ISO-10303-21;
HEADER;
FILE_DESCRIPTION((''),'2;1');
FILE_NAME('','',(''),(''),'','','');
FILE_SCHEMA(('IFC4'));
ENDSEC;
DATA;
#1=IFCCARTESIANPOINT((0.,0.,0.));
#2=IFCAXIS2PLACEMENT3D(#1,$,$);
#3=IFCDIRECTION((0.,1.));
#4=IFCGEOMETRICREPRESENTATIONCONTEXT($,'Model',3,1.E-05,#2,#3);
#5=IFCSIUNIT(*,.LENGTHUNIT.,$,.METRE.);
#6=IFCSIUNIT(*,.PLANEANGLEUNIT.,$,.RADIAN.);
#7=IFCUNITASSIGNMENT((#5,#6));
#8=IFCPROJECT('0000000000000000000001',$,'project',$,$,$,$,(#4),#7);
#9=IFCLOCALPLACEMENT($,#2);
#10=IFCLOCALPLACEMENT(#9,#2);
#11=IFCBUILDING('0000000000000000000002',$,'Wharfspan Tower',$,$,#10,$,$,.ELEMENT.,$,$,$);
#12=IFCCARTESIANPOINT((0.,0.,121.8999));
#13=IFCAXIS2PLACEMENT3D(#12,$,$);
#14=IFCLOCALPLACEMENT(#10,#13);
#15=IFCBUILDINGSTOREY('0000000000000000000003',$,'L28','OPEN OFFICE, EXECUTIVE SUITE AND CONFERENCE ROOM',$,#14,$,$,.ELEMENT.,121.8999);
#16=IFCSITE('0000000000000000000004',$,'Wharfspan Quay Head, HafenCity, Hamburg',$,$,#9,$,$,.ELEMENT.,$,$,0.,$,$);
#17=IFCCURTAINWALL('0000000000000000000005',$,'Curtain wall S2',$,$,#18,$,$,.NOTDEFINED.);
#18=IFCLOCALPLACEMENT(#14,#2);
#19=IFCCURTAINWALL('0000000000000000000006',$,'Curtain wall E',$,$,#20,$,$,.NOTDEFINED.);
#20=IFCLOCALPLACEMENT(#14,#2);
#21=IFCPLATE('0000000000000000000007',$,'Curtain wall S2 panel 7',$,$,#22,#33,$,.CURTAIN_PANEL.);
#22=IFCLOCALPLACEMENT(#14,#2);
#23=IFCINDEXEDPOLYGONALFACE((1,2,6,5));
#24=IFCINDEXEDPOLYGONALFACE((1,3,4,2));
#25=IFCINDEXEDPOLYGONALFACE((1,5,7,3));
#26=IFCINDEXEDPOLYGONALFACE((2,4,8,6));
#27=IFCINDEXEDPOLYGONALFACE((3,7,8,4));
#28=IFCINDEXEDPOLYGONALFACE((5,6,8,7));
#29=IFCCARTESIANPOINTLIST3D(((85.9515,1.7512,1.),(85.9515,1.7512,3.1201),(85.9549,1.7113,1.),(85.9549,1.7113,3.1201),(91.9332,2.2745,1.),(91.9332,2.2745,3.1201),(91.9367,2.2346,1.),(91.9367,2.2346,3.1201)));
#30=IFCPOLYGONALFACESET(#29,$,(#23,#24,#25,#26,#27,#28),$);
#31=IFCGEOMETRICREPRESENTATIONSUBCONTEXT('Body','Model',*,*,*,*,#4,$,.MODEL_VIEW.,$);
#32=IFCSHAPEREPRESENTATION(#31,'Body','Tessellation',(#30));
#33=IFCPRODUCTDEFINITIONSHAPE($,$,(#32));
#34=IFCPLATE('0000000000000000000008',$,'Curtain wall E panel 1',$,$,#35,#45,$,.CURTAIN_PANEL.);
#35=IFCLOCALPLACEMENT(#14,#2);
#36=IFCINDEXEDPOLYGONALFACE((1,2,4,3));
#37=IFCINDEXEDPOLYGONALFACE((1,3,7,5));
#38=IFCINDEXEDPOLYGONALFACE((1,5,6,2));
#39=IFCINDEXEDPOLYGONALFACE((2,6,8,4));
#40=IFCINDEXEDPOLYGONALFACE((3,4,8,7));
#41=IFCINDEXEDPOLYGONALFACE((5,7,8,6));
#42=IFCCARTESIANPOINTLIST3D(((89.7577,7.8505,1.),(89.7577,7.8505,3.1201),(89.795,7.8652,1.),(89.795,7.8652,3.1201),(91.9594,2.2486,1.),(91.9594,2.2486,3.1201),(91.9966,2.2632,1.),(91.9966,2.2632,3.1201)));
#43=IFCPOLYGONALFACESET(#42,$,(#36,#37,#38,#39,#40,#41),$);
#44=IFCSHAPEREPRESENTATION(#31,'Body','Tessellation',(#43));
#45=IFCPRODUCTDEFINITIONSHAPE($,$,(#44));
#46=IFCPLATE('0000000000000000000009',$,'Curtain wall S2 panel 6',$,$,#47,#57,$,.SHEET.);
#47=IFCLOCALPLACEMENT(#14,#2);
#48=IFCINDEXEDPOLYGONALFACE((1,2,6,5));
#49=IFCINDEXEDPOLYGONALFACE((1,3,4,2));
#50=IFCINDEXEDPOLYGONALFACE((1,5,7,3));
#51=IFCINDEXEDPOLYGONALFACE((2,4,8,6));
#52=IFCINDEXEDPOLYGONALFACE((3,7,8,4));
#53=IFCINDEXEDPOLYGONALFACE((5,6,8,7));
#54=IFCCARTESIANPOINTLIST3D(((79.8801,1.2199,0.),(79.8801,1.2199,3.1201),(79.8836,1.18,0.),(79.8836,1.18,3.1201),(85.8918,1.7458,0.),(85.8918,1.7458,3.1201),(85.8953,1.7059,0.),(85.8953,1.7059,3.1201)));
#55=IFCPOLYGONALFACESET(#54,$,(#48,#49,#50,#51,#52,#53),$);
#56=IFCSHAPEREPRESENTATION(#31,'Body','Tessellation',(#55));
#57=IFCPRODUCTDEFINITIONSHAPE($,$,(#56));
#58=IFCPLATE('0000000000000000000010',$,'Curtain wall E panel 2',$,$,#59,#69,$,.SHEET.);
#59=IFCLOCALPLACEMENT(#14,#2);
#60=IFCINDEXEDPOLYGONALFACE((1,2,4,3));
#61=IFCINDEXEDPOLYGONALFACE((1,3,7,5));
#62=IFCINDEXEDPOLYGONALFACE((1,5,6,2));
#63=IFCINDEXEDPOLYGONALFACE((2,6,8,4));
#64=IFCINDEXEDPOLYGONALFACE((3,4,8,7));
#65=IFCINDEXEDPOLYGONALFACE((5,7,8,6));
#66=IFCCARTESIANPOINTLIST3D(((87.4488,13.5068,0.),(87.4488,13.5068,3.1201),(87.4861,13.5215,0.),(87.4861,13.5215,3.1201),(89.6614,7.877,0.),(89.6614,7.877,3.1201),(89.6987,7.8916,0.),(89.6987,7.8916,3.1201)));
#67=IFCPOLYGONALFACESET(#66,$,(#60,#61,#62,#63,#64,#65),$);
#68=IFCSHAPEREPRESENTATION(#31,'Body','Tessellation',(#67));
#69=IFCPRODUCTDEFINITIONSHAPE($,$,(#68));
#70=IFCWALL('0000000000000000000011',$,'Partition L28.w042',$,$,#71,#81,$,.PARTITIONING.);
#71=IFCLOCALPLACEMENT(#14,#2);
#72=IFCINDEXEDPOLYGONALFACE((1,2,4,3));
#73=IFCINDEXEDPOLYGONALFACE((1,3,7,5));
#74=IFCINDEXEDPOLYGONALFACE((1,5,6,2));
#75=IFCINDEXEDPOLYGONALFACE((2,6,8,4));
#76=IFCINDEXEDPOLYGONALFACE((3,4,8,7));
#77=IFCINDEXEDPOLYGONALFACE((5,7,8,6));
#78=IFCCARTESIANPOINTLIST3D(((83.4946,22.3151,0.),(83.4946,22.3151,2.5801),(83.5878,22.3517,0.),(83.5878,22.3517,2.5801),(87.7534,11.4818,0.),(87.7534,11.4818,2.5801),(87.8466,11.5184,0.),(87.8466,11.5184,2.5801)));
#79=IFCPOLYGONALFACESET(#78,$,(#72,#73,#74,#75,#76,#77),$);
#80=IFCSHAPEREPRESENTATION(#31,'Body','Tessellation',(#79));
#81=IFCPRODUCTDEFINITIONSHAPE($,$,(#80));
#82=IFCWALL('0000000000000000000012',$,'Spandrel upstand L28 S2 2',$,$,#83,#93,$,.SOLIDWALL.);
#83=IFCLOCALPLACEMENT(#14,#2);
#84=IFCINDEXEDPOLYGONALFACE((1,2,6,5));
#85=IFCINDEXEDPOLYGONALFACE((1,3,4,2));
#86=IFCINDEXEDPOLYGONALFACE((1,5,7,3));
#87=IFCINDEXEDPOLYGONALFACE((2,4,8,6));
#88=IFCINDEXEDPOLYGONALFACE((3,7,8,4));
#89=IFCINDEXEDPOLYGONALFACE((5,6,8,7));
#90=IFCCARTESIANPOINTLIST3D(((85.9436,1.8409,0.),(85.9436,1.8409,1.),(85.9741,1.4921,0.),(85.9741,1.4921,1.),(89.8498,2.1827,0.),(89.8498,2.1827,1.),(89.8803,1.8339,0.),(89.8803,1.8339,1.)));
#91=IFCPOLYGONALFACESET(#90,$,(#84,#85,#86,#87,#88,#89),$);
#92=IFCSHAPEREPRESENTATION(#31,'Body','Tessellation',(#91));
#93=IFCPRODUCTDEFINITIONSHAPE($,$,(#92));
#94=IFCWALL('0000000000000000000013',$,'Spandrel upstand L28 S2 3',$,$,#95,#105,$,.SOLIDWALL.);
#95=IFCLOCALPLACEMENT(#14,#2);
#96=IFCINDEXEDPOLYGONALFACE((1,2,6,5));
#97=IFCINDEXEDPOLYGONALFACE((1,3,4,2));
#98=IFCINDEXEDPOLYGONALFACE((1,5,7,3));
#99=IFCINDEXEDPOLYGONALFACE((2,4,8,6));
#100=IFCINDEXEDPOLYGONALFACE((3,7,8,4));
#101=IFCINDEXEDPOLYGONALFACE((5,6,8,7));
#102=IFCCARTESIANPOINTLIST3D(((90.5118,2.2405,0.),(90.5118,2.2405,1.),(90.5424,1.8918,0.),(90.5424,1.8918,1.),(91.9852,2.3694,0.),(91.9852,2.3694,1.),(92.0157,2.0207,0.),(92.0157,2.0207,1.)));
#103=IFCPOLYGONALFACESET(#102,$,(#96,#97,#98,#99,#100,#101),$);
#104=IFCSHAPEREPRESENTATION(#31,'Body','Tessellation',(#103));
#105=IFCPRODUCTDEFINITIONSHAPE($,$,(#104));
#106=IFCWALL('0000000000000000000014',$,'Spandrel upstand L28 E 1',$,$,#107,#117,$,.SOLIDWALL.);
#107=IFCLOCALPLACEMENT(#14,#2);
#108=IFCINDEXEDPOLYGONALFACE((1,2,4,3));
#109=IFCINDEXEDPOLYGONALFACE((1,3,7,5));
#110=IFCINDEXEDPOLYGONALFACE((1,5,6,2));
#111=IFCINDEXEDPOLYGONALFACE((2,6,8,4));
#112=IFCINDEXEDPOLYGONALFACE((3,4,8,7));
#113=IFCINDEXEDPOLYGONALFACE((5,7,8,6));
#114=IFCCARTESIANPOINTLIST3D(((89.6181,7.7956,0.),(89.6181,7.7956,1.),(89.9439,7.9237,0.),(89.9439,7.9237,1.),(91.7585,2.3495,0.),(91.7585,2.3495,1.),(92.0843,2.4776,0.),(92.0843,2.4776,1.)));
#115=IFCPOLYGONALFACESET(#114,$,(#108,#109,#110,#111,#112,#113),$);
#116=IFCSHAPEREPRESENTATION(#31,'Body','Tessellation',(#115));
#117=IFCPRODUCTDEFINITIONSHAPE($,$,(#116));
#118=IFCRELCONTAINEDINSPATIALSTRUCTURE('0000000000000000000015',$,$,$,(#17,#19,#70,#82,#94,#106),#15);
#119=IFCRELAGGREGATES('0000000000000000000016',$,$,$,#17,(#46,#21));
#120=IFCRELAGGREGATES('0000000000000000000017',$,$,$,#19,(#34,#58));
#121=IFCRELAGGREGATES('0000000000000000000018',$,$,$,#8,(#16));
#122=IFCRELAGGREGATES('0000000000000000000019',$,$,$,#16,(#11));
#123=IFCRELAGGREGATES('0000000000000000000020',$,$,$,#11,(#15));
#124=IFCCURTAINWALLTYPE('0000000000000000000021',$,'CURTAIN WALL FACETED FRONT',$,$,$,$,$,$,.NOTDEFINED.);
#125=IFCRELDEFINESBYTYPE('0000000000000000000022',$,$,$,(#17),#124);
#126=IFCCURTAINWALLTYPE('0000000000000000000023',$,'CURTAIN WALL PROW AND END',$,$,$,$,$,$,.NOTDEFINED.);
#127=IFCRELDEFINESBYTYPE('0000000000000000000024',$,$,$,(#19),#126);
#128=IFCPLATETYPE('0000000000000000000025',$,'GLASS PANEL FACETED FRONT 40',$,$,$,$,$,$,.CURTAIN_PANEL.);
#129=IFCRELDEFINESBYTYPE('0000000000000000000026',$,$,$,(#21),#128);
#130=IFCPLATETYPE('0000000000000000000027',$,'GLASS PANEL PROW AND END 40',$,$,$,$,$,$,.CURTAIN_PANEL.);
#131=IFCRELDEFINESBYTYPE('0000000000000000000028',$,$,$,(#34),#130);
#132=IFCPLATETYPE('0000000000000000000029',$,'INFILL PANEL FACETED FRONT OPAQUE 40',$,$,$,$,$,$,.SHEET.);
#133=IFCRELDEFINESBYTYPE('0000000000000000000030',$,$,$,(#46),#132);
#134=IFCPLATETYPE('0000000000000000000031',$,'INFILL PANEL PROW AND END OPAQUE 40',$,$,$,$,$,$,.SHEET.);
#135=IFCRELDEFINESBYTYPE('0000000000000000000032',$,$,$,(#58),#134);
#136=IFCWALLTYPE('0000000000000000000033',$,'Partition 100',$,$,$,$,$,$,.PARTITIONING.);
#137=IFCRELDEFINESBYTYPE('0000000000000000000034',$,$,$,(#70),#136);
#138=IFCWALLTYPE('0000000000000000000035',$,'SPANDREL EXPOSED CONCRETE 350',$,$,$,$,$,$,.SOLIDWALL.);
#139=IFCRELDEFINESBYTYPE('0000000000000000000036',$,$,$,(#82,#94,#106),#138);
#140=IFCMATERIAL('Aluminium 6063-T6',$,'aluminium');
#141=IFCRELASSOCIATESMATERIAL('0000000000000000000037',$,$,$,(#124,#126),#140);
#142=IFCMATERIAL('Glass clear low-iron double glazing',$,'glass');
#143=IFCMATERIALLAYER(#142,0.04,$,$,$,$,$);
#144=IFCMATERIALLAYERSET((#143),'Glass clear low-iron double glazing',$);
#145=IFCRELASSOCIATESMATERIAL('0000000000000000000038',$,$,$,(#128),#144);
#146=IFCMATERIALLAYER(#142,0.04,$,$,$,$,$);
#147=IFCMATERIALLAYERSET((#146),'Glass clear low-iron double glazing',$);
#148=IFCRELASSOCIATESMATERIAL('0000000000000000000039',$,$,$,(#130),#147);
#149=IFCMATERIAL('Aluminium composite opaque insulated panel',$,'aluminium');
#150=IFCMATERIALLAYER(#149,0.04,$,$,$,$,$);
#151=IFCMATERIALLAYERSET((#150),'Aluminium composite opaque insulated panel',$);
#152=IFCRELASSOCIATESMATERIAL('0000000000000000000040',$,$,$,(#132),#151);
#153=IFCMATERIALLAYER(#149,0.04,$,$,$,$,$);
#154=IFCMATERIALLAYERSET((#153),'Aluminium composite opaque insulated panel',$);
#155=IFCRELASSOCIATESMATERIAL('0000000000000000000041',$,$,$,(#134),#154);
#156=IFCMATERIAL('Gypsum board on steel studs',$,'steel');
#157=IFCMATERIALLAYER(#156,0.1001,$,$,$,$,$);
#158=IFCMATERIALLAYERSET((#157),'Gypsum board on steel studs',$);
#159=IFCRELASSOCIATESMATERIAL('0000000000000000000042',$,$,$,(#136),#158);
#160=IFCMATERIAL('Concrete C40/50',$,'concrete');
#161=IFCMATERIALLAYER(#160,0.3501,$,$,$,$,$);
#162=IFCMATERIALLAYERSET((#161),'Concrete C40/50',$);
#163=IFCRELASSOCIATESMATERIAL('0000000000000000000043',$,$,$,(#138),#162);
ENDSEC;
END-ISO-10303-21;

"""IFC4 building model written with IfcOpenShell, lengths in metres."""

from ifc_helpers import new_model, si_unit, direction, frame, frame_2d, origin, origin_2d, place, context, subcontext, project, spatial, rectangle, extrude, material, layer, layer_set, type_object, element, aggregate, save


model = new_model("IFC4")

# Units and contexts
model_context = context("Model", 3, precision=1e-05, world=origin(), true_north=direction((0.0, 1.0)))
body_context = subcontext(model_context, "Body", "Model", "MODEL_VIEW")
ifc_project = project(units=[si_unit("LENGTHUNIT", "METRE"), si_unit("PLANEANGLEUNIT", "RADIAN")], contexts=[model_context])

# Site, building, storey
site_placement = place(None, origin())
site = spatial("IfcSite", under=ifc_project, at=site_placement, Name="Wharfspan Quay Head, HafenCity, Hamburg", CompositionType="ELEMENT", RefElevation=0.0)
building_placement = place(site_placement, origin())
building = spatial("IfcBuilding", under=site, at=building_placement, Name="Wharfspan Tower", CompositionType="ELEMENT")
storey_placement = place(building_placement, frame((0.0, 0.0, 121.8999)))
storey = spatial("IfcBuildingStorey", under=building, at=storey_placement, Name="L28", Description="OPEN OFFICE, EXECUTIVE SUITE AND CONFERENCE ROOM", CompositionType="ELEMENT", Elevation=121.8999)

# Curtain walls
ifc_material_1 = material(Name="Aluminium 6063-T6", Category="aluminium")
curtain_wall_type_1 = type_object("IfcCurtainWallType", Name="CURTAIN WALL FACETED FRONT", PredefinedType="NOTDEFINED", material=ifc_material_1)
curtain_wall_1_placement = place(storey_placement, origin())
curtain_wall_1 = element("IfcCurtainWall", 1, at=curtain_wall_1_placement, inside=storey, type_object=curtain_wall_type_1, Name="Curtain wall S2", PredefinedType="NOTDEFINED")
curtain_wall_type_2 = type_object("IfcCurtainWallType", Name="CURTAIN WALL PROW AND END", PredefinedType="NOTDEFINED", material=ifc_material_1)
curtain_wall_2_placement = place(storey_placement, origin())
curtain_wall_2 = element("IfcCurtainWall", 2, at=curtain_wall_2_placement, inside=storey, type_object=curtain_wall_type_2, Name="Curtain wall E", PredefinedType="NOTDEFINED")

# Plates
ifc_material_2 = material(Name="Glass clear low-iron double glazing", Category="glass")
ifc_layer_1 = layer(ifc_material_2, 0.04)
ifc_layer_set_1 = layer_set([ifc_layer_1], Name="Glass clear low-iron double glazing")
plate_type_1 = type_object("IfcPlateType", Name="GLASS PANEL FACETED FRONT 40", PredefinedType="CURTAIN_PANEL", material=ifc_layer_set_1)
plate_1_placement = place(storey_placement, frame((88.9441, 1.9929, 1.0), z_axis=(0.0, 0.0, 1.0), x_axis=(0.996198, 0.087156, 0.0)))
plate_1 = element("IfcPlate", 3, at=plate_1_placement, type_object=plate_type_1, Name="Curtain wall S2 panel 7", PredefinedType="CURTAIN_PANEL", context=body_context, shape_type="SweptSolid", body=[
    extrude(rectangle(XDim=6.0046, YDim=0.04, at=origin_2d()), origin(), (0.0, 0.0, 1.0), 2.1201),
])
ifc_layer_2 = layer(ifc_material_2, 0.04)
ifc_layer_set_2 = layer_set([ifc_layer_2], Name="Glass clear low-iron double glazing")
plate_type_2 = type_object("IfcPlateType", Name="GLASS PANEL PROW AND END 40", PredefinedType="CURTAIN_PANEL", material=ifc_layer_set_2)
plate_2_placement = place(storey_placement, frame((90.8772, 5.0569, 1.0), z_axis=(0.0, 0.0, 1.0), x_axis=(-0.365778, 0.930702, 0.0)))
plate_2 = element("IfcPlate", 4, at=plate_2_placement, type_object=plate_type_2, Name="Curtain wall E panel 1", PredefinedType="CURTAIN_PANEL", context=body_context, shape_type="SweptSolid", body=[
    extrude(rectangle(XDim=6.019, YDim=0.04, at=origin_2d()), origin(), (0.0, 0.0, 1.0), 2.1201),
])
ifc_material_3 = material(Name="Aluminium composite opaque insulated panel", Category="aluminium")
ifc_layer_3 = layer(ifc_material_3, 0.04)
ifc_layer_set_3 = layer_set([ifc_layer_3], Name="Aluminium composite opaque insulated panel")
plate_type_3 = type_object("IfcPlateType", Name="INFILL PANEL FACETED FRONT OPAQUE 40", PredefinedType="SHEET", material=ifc_layer_set_3)
plate_3_placement = place(storey_placement, frame((82.8877, 1.4629, 0.0), z_axis=(0.0, 0.0, 1.0), x_axis=(0.996198, 0.087156, 0.0)))
plate_3 = element("IfcPlate", 5, at=plate_3_placement, type_object=plate_type_3, Name="Curtain wall S2 panel 6", PredefinedType="SHEET", context=body_context, shape_type="SweptSolid", body=[
    extrude(rectangle(XDim=6.0347, YDim=0.04, at=origin_2d()), origin(), (0.0, 0.0, 1.0), 3.1201),
])
aggregate(curtain_wall_1, [plate_3, plate_1])
ifc_layer_4 = layer(ifc_material_3, 0.04)
ifc_layer_set_4 = layer_set([ifc_layer_4], Name="Aluminium composite opaque insulated panel")
plate_type_4 = type_object("IfcPlateType", Name="INFILL PANEL PROW AND END OPAQUE 40", PredefinedType="SHEET", material=ifc_layer_set_4)
plate_4_placement = place(storey_placement, frame((88.5737, 10.6992, 0.0), z_axis=(0.0, 0.0, 1.0), x_axis=(-0.365778, 0.930702, 0.0)))
plate_4 = element("IfcPlate", 6, at=plate_4_placement, type_object=plate_type_4, Name="Curtain wall E panel 2", PredefinedType="SHEET", context=body_context, shape_type="SweptSolid", body=[
    extrude(rectangle(XDim=6.0491, YDim=0.04, at=origin_2d()), origin(), (0.0, 0.0, 1.0), 3.1201),
])
aggregate(curtain_wall_2, [plate_2, plate_4])

# Walls
ifc_material_4 = material(Name="Gypsum board on steel studs", Category="steel")
ifc_layer_5 = layer(ifc_material_4, 0.1001)
ifc_layer_set_5 = layer_set([ifc_layer_5], Name="Gypsum board on steel studs")
wall_type_1 = type_object("IfcWallType", Name="Partition 100", PredefinedType="PARTITIONING", material=ifc_layer_set_5)
wall_1_placement = place(storey_placement, frame((87.8, 11.5, 0.0), z_axis=(0.0, 0.0, 1.0), x_axis=(-0.365866, 0.930668, 0.0)))
element("IfcWall", 7, at=wall_1_placement, inside=storey, type_object=wall_type_1, Name="Partition L28.w042", PredefinedType="PARTITIONING", context=body_context, shape_type="SweptSolid", body=[
    extrude(rectangle(XDim=11.6404, YDim=0.1001, at=frame_2d((5.8203, 0.0))), origin(), (0.0, 0.0, 1.0), 2.5801),
])
ifc_material_5 = material(Name="Concrete C40/50", Category="concrete")
ifc_layer_6 = layer(ifc_material_5, 0.3501)
ifc_layer_set_6 = layer_set([ifc_layer_6], Name="Concrete C40/50")
wall_type_2 = type_object("IfcWallType", Name="SPANDREL EXPOSED CONCRETE 350", PredefinedType="SOLIDWALL", material=ifc_layer_set_6)
wall_2_placement = place(storey_placement, frame((85.959, 1.6665, 0.0), z_axis=(0.0, 0.0, 1.0), x_axis=(0.996194, 0.087167, 0.0)))
element("IfcWall", 8, at=wall_2_placement, inside=storey, type_object=wall_type_2, Name="Spandrel upstand L28 S2 2", PredefinedType="SOLIDWALL", context=body_context, shape_type="SweptSolid", body=[
    extrude(rectangle(XDim=3.9211, YDim=0.3501, at=frame_2d((1.9604, 0.0))), origin(), (0.0, 0.0, 1.0), 1.0),
])
wall_3_placement = place(storey_placement, frame((90.5271, 2.0662, 0.0), z_axis=(0.0, 0.0, 1.0), x_axis=(0.996198, 0.087157, 0.0)))
element("IfcWall", 9, at=wall_3_placement, inside=storey, type_object=wall_type_2, Name="Spandrel upstand L28 S2 3", PredefinedType="SOLIDWALL", context=body_context, shape_type="SweptSolid", body=[
    extrude(rectangle(XDim=1.479, YDim=0.3501, at=frame_2d((0.7395, 0.0))), origin(), (0.0, 0.0, 1.0), 1.0),
])
wall_4_placement = place(storey_placement, frame((91.9214, 2.4136, 0.0), z_axis=(0.0, 0.0, 1.0), x_axis=(-0.36578, 0.930701, 0.0)))
element("IfcWall", 10, at=wall_4_placement, inside=storey, type_object=wall_type_2, Name="Spandrel upstand L28 E 1", PredefinedType="SOLIDWALL", context=body_context, shape_type="SweptSolid", body=[
    extrude(rectangle(XDim=5.8516, YDim=0.3501, at=frame_2d((2.9258, 0.0))), origin(), (0.0, 0.0, 1.0), 1.0),
])

save(model, "model.ifc")
